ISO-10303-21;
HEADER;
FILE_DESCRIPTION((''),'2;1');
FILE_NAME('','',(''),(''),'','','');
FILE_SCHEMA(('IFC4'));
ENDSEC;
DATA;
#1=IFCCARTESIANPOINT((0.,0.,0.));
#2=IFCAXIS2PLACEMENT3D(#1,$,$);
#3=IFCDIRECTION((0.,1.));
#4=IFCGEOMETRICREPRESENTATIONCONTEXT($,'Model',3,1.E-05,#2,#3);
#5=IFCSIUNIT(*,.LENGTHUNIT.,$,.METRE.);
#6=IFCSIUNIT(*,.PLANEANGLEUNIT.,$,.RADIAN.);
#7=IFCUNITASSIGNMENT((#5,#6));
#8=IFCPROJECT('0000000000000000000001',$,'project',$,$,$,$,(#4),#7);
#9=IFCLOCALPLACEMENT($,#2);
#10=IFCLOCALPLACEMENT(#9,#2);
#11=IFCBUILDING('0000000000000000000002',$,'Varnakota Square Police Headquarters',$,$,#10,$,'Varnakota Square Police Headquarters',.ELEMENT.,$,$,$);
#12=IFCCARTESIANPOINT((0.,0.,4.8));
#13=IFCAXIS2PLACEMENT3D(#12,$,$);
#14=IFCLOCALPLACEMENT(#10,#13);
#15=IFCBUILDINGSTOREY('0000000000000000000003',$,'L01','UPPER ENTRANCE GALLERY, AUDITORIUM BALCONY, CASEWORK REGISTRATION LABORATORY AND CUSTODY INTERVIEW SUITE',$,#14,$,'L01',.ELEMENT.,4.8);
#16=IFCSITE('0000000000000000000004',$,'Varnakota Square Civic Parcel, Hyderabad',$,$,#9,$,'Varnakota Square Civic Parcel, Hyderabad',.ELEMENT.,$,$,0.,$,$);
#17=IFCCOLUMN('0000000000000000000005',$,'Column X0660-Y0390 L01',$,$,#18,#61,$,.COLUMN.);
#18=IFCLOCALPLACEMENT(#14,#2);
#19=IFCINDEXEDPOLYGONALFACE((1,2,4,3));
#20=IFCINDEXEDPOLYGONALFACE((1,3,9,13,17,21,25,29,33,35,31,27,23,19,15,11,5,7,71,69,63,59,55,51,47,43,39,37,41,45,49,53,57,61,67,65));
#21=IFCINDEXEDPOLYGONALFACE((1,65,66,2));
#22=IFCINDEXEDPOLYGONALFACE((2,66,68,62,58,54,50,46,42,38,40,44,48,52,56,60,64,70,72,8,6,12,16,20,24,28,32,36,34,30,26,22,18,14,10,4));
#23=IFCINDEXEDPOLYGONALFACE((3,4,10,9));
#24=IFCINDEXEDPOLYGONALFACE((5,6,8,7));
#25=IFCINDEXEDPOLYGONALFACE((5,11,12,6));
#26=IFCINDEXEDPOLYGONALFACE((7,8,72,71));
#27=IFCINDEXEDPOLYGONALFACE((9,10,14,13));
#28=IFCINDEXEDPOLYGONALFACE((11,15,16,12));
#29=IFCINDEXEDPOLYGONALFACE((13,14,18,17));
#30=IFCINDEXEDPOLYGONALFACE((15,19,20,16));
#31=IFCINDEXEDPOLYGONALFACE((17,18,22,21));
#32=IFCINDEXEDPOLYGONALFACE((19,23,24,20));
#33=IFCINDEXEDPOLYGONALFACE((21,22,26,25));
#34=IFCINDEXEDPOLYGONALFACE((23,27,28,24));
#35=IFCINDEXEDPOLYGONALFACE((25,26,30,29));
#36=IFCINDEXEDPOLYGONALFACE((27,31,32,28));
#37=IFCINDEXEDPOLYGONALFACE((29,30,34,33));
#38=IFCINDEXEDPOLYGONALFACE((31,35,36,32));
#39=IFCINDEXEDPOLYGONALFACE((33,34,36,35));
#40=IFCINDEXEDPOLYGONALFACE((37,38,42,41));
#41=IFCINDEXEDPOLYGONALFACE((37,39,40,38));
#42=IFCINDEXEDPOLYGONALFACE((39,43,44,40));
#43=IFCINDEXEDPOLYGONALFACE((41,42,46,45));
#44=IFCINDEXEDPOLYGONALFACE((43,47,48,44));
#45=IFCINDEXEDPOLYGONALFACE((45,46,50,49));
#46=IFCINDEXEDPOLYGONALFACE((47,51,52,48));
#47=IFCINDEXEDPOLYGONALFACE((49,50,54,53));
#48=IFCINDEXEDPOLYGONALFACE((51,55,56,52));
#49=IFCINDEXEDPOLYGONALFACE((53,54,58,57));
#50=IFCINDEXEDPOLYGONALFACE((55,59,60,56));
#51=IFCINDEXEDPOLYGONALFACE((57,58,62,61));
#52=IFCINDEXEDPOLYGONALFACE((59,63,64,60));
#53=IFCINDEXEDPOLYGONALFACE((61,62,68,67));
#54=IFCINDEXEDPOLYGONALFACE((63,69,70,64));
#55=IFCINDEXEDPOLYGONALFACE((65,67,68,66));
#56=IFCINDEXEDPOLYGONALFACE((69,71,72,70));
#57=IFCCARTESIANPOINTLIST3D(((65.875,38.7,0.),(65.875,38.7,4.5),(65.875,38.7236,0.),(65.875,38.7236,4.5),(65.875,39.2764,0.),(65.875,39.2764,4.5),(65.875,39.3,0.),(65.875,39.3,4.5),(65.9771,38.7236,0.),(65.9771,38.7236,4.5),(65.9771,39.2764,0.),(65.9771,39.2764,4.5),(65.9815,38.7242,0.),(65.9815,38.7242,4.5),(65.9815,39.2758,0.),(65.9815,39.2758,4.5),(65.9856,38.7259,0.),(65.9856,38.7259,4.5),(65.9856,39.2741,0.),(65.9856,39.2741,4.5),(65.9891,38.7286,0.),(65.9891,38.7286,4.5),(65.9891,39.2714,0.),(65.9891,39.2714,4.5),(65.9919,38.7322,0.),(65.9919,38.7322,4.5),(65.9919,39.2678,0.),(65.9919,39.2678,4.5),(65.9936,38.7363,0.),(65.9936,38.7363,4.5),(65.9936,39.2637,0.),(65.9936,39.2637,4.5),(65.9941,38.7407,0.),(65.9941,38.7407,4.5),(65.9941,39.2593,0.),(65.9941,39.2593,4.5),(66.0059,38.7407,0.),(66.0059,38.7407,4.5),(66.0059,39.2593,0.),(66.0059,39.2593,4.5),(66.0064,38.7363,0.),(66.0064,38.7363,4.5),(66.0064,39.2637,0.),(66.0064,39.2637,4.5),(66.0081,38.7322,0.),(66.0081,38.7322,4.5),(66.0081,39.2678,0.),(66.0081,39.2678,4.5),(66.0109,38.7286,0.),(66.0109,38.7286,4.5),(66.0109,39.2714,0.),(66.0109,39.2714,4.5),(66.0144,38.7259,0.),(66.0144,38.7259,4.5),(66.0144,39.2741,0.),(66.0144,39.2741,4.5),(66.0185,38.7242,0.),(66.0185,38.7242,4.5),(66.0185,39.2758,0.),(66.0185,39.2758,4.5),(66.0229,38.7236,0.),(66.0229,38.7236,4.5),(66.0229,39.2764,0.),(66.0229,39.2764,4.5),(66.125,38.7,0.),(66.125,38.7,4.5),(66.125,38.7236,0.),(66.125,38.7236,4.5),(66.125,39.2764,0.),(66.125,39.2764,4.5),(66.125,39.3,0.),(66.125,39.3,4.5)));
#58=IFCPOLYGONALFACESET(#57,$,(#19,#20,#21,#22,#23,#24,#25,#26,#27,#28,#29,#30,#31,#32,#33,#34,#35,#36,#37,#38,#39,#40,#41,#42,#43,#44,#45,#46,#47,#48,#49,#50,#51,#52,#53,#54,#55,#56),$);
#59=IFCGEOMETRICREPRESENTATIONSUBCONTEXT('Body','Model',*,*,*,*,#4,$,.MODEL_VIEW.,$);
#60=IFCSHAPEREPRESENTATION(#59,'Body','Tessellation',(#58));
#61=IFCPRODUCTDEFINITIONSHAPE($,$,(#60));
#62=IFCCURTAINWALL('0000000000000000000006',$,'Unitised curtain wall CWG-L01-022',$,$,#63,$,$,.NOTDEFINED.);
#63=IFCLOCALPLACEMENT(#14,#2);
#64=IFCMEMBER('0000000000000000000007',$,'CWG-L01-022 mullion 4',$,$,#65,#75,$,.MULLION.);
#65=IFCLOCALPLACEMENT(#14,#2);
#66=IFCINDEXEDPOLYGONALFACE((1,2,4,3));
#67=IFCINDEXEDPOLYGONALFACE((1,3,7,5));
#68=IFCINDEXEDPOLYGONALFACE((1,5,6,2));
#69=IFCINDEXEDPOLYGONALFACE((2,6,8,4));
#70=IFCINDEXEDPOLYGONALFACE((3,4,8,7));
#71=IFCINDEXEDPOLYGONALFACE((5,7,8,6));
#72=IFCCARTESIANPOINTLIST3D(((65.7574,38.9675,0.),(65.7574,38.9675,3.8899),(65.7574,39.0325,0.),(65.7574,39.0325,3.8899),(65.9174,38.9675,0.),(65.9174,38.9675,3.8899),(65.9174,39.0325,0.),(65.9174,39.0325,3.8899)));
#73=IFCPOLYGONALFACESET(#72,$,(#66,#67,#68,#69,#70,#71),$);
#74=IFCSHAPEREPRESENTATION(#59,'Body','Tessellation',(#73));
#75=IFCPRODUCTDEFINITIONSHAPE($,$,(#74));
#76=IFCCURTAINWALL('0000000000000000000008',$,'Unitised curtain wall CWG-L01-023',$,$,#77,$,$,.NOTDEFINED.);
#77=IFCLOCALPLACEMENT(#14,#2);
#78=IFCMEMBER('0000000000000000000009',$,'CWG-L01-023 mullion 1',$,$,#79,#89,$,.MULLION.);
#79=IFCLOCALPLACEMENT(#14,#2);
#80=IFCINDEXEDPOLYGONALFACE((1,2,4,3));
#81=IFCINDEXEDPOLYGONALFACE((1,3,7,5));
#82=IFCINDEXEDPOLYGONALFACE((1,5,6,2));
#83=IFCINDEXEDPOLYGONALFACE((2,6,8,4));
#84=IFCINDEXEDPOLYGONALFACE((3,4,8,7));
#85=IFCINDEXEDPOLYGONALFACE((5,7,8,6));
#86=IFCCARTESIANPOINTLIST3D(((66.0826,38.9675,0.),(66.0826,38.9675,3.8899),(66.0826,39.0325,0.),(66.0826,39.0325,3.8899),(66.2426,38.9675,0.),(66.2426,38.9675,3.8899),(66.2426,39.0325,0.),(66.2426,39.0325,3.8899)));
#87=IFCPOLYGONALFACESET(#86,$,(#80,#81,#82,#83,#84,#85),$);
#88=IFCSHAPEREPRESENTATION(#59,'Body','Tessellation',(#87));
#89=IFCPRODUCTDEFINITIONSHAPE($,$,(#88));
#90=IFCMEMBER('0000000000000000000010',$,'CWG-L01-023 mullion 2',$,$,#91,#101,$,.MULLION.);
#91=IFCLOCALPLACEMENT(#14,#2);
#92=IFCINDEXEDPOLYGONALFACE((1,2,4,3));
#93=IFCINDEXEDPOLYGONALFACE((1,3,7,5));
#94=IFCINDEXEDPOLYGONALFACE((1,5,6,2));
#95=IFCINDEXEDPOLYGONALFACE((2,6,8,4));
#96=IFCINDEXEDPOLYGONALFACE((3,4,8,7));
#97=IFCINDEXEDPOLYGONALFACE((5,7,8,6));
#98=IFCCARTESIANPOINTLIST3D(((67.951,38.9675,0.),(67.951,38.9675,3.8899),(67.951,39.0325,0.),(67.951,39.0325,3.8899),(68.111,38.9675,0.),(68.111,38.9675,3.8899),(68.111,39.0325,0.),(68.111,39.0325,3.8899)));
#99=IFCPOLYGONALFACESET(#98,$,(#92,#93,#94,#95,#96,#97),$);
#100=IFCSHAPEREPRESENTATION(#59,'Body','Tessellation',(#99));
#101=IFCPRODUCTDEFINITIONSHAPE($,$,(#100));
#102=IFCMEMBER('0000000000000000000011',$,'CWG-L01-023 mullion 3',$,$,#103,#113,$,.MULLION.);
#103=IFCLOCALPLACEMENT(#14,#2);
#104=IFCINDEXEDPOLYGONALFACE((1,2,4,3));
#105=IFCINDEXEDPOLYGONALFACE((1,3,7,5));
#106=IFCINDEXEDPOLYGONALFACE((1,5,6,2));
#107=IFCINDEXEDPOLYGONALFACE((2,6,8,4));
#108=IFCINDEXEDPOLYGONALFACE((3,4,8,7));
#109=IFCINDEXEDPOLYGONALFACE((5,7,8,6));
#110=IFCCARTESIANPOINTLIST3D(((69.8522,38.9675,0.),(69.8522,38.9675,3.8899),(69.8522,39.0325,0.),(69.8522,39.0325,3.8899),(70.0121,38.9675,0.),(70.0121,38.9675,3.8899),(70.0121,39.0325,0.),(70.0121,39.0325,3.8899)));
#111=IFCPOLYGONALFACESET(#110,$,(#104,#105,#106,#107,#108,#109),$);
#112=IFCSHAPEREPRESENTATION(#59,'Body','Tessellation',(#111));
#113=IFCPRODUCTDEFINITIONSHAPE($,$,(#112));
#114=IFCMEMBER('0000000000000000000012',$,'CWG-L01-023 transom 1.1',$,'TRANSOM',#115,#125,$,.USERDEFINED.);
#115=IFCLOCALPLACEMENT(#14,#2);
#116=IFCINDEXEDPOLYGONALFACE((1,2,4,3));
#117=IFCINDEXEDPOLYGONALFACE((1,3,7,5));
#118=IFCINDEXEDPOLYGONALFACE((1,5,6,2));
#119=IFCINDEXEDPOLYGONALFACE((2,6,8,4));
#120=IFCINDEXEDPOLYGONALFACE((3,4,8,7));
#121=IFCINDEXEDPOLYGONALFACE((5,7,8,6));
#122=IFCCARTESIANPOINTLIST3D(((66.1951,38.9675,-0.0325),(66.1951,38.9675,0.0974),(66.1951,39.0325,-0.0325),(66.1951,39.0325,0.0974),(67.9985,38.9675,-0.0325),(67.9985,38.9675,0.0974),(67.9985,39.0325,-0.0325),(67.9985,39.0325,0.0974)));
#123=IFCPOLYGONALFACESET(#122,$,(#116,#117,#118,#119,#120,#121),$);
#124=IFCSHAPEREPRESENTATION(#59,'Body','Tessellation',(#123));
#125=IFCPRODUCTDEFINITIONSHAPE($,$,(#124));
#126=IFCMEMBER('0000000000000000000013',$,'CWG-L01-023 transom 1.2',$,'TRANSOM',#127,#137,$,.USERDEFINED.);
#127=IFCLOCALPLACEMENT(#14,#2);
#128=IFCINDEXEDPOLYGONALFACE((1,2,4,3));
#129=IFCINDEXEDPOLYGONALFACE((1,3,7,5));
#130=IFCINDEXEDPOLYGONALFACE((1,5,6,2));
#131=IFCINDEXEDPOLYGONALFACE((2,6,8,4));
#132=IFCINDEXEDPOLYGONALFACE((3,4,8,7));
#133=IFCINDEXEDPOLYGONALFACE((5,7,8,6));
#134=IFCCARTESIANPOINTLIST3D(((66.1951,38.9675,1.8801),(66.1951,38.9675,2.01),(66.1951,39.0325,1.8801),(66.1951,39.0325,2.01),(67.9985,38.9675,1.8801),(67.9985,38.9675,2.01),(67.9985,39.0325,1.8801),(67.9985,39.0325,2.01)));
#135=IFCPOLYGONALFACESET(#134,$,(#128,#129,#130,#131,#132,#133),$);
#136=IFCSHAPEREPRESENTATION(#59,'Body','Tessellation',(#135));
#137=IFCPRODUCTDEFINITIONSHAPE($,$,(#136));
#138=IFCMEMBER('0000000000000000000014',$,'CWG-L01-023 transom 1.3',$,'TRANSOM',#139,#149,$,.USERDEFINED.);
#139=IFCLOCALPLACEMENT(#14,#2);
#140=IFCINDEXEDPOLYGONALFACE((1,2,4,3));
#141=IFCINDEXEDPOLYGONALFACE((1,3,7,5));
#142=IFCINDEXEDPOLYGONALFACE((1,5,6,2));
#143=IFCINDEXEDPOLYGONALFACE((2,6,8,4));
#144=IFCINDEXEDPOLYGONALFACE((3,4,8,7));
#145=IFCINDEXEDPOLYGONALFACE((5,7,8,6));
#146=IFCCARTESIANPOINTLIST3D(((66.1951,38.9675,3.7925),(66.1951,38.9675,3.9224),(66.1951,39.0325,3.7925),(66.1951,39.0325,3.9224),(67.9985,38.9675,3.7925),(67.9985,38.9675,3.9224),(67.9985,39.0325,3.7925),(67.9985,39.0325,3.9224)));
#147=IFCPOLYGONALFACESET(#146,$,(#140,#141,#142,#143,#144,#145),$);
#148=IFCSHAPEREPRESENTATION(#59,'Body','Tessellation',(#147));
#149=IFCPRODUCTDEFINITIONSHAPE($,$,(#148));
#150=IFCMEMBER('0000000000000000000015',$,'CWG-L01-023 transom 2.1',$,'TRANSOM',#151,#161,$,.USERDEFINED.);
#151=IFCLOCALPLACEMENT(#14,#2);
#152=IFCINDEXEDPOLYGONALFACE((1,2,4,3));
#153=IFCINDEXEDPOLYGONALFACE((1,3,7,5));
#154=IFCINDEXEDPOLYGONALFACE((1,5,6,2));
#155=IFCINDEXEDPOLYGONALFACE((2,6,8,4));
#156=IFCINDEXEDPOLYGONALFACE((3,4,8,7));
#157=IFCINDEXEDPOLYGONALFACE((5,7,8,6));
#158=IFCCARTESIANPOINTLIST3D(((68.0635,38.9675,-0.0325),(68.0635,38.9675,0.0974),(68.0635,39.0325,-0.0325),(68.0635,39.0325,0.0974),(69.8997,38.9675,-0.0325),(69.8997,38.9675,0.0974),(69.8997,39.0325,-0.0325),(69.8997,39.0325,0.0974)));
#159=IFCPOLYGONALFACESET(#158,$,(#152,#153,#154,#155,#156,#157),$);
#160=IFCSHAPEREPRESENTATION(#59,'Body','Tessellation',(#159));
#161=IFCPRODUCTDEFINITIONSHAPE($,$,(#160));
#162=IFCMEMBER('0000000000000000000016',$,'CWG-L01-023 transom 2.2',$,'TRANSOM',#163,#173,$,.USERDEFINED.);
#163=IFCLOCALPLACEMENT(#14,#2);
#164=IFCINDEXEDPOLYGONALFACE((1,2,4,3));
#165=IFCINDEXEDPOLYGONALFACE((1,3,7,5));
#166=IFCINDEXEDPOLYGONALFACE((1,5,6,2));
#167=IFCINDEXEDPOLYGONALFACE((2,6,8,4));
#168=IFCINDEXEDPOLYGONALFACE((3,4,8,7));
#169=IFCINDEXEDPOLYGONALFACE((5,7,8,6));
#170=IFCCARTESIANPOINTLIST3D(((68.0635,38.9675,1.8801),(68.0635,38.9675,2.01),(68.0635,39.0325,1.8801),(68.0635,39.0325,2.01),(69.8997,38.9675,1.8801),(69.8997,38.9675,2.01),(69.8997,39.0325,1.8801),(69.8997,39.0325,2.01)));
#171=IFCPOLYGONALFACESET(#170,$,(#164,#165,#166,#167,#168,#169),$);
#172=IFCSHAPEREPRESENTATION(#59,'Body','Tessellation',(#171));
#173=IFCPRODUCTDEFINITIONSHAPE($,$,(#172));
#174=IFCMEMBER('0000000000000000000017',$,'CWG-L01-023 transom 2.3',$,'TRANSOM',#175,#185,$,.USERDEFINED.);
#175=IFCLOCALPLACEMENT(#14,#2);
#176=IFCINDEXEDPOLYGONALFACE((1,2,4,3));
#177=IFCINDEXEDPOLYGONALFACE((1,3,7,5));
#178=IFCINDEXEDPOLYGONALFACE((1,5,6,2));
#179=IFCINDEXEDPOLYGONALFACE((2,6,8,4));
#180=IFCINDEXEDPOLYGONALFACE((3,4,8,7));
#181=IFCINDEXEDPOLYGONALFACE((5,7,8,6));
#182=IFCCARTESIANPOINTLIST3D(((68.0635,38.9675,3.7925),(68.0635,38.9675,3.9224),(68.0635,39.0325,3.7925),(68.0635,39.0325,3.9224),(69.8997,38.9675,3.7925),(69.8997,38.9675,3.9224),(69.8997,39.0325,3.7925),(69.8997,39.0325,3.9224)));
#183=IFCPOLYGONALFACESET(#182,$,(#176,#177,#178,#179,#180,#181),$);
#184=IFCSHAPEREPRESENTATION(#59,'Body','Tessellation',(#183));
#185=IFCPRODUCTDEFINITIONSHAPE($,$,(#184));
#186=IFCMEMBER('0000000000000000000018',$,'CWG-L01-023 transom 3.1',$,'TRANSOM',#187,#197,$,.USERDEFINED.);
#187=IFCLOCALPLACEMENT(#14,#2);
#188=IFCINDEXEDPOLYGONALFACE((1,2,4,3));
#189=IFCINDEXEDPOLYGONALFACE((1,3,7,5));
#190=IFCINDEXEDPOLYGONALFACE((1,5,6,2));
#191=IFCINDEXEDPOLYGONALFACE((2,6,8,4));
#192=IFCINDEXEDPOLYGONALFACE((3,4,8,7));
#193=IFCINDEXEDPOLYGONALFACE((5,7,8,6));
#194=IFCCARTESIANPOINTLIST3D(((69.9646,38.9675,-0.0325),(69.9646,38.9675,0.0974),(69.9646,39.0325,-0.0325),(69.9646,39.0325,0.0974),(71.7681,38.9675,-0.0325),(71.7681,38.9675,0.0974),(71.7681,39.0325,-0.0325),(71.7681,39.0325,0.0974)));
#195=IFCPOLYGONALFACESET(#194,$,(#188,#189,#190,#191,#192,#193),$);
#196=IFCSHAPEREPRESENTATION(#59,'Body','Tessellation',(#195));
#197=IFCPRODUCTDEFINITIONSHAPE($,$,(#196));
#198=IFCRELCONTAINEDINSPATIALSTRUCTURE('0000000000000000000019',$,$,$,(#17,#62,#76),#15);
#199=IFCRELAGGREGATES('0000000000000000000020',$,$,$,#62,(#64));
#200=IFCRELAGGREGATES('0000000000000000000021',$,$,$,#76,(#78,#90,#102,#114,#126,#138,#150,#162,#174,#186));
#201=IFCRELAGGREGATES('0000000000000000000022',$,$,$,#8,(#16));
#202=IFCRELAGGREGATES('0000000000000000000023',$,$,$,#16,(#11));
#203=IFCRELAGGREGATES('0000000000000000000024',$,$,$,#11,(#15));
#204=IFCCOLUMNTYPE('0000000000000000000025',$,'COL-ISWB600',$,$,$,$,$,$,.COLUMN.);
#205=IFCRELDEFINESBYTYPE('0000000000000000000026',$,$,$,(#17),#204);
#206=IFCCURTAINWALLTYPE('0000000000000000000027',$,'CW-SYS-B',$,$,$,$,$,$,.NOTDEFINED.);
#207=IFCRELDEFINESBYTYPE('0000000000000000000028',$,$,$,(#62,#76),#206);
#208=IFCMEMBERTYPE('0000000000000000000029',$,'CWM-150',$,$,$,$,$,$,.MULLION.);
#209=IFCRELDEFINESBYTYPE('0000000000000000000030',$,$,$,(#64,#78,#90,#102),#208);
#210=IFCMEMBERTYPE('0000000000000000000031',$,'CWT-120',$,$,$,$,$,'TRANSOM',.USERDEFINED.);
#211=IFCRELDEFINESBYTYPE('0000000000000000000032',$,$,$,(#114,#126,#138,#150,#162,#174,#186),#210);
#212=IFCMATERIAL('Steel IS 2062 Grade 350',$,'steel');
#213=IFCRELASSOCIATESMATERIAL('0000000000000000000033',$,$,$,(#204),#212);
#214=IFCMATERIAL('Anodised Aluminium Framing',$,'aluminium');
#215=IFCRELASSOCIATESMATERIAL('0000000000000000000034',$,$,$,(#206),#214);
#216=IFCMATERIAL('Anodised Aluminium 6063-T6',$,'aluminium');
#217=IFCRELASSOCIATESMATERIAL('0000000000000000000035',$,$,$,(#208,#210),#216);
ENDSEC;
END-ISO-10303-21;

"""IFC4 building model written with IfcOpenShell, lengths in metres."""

from ifc_helpers import new_model, si_unit, direction, frame, origin, origin_2d, place, context, subcontext, project, spatial, rectangle, i_section, extrude, material, material_profile, profile_set, type_object, element, aggregate, save


model = new_model("IFC4")

# Units and contexts
model_context = context("Model", 3, precision=1e-05, world=origin(), true_north=direction((0.0, 1.0)))
body_context = subcontext(model_context, "Body", "Model", "MODEL_VIEW")
ifc_project = project(units=[si_unit("LENGTHUNIT", "METRE"), si_unit("PLANEANGLEUNIT", "RADIAN")], contexts=[model_context])

# Site, building, storey
site_placement = place(None, origin())
site = spatial("IfcSite", under=ifc_project, at=site_placement, Name="Varnakota Square Civic Parcel, Hyderabad", LongName="Varnakota Square Civic Parcel, Hyderabad", CompositionType="ELEMENT", RefElevation=0.0)
building_placement = place(site_placement, origin())
building = spatial("IfcBuilding", under=site, at=building_placement, Name="Varnakota Square Police Headquarters", LongName="Varnakota Square Police Headquarters", CompositionType="ELEMENT")
storey_placement = place(building_placement, frame((0.0, 0.0, 4.8)))
storey = spatial("IfcBuildingStorey", under=building, at=storey_placement, Name="L01", Description="UPPER ENTRANCE GALLERY, AUDITORIUM BALCONY, CASEWORK REGISTRATION LABORATORY AND CUSTODY INTERVIEW SUITE", LongName="L01", CompositionType="ELEMENT", Elevation=4.8)

# Column
ifc_material_1 = material(Name="Steel IS 2062 Grade 350", Category="steel")
ifc_material_profile_1 = material_profile(ifc_material_1, i_section(OverallWidth=0.25, OverallDepth=0.6001, WebThickness=0.0117, FlangeThickness=0.0237, FilletRadius=0.0171, at=origin_2d()), Name="ISWB 600")
ifc_profile_set_1 = profile_set([ifc_material_profile_1], Name="Steel IS 2062 Grade 350")
column_type = type_object("IfcColumnType", Name="COL-ISWB600", PredefinedType="COLUMN", material=ifc_profile_set_1)
column_placement = place(storey_placement, frame((66.0, 39.0, 0.0), z_axis=(0.0, 0.0, 1.0), x_axis=(1.0, 0.0, 0.0)))
element("IfcColumn", 1, at=column_placement, inside=storey, type_object=column_type, Name="Column X0660-Y0390 L01", PredefinedType="COLUMN", context=body_context, shape_type="SweptSolid", body=[
    extrude(i_section(OverallWidth=0.25, OverallDepth=0.6001, WebThickness=0.0117, FlangeThickness=0.0237, FilletRadius=0.0171, at=origin_2d()), origin(), (0.0, 0.0, 1.0), 4.5),
])

# Curtain wall, member
ifc_material_2 = material(Name="Anodised Aluminium Framing", Category="aluminium")
curtain_wall_type = type_object("IfcCurtainWallType", Name="CW-SYS-B", PredefinedType="NOTDEFINED", material=ifc_material_2)
curtain_wall_1_placement = place(storey_placement, origin())
curtain_wall_1 = element("IfcCurtainWall", 2, at=curtain_wall_1_placement, inside=storey, type_object=curtain_wall_type, Name="Unitised curtain wall CWG-L01-022", PredefinedType="NOTDEFINED")
ifc_material_3 = material(Name="Anodised Aluminium 6063-T6", Category="aluminium")
ifc_material_profile_2 = material_profile(ifc_material_3, rectangle(XDim=0.0649, YDim=0.1599, at=origin_2d()), Name="ALU MULLION 65x160")
ifc_profile_set_2 = profile_set([ifc_material_profile_2], Name="Anodised Aluminium 6063-T6")
member_type_1 = type_object("IfcMemberType", Name="CWM-150", PredefinedType="MULLION", material=ifc_profile_set_2)
member_1_placement = place(storey_placement, frame((65.8374, 39.0, 0.0), z_axis=(0.0, 0.0, 1.0), x_axis=(0.0, 1.0, 0.0)))
member_1 = element("IfcMember", 3, at=member_1_placement, type_object=member_type_1, Name="CWG-L01-022 mullion 4", PredefinedType="MULLION", context=body_context, shape_type="SweptSolid", body=[
    extrude(rectangle(XDim=0.0649, YDim=0.1599, at=origin_2d()), origin(), (0.0, 0.0, 1.0), 3.8899),
])
aggregate(curtain_wall_1, [member_1])

# Curtain wall, members
curtain_wall_2_placement = place(storey_placement, origin())
curtain_wall_2 = element("IfcCurtainWall", 4, at=curtain_wall_2_placement, inside=storey, type_object=curtain_wall_type, Name="Unitised curtain wall CWG-L01-023", PredefinedType="NOTDEFINED")
member_2_placement = place(storey_placement, frame((66.1626, 39.0, 0.0), z_axis=(0.0, 0.0, 1.0), x_axis=(0.0, 1.0, 0.0)))
member_2 = element("IfcMember", 5, at=member_2_placement, type_object=member_type_1, Name="CWG-L01-023 mullion 1", PredefinedType="MULLION", context=body_context, shape_type="SweptSolid", body=[
    extrude(rectangle(XDim=0.0649, YDim=0.1599, at=origin_2d()), origin(), (0.0, 0.0, 1.0), 3.8899),
])
member_3_placement = place(storey_placement, frame((68.031, 39.0, 0.0), z_axis=(0.0, 0.0, 1.0), x_axis=(0.0, 1.0, 0.0)))
member_3 = element("IfcMember", 6, at=member_3_placement, type_object=member_type_1, Name="CWG-L01-023 mullion 2", PredefinedType="MULLION", context=body_context, shape_type="SweptSolid", body=[
    extrude(rectangle(XDim=0.0649, YDim=0.1599, at=origin_2d()), origin(), (0.0, 0.0, 1.0), 3.8899),
])
member_4_placement = place(storey_placement, frame((69.9321, 39.0, 0.0), z_axis=(0.0, 0.0, 1.0), x_axis=(0.0, 1.0, 0.0)))
member_4 = element("IfcMember", 7, at=member_4_placement, type_object=member_type_1, Name="CWG-L01-023 mullion 3", PredefinedType="MULLION", context=body_context, shape_type="SweptSolid", body=[
    extrude(rectangle(XDim=0.0649, YDim=0.1599, at=origin_2d()), origin(), (0.0, 0.0, 1.0), 3.8899),
])
ifc_material_profile_3 = material_profile(ifc_material_3, rectangle(XDim=0.0649, YDim=0.1299, at=origin_2d()), Name="ALU TRANSOM 65x130")
ifc_profile_set_3 = profile_set([ifc_material_profile_3], Name="Anodised Aluminium 6063-T6")
member_type_2 = type_object("IfcMemberType", Name="CWT-120", ElementType="TRANSOM", PredefinedType="USERDEFINED", material=ifc_profile_set_3)
member_5_placement = place(storey_placement, frame((66.1951, 39.0, 0.0325), z_axis=(1.0, 0.0, 0.0), x_axis=(0.0, 1.0, 0.0)))
member_5 = element("IfcMember", 8, at=member_5_placement, type_object=member_type_2, Name="CWG-L01-023 transom 1.1", ObjectType="TRANSOM", PredefinedType="USERDEFINED", context=body_context, shape_type="SweptSolid", body=[
    extrude(rectangle(XDim=0.0649, YDim=0.1299, at=origin_2d()), origin(), (0.0, 0.0, 1.0), 1.8035),
])
member_6_placement = place(storey_placement, frame((66.1951, 39.0, 1.9451), z_axis=(1.0, 0.0, 0.0), x_axis=(0.0, 1.0, 0.0)))
member_6 = element("IfcMember", 9, at=member_6_placement, type_object=member_type_2, Name="CWG-L01-023 transom 1.2", ObjectType="TRANSOM", PredefinedType="USERDEFINED", context=body_context, shape_type="SweptSolid", body=[
    extrude(rectangle(XDim=0.0649, YDim=0.1299, at=origin_2d()), origin(), (0.0, 0.0, 1.0), 1.8035),
])
member_7_placement = place(storey_placement, frame((66.1951, 39.0, 3.8574), z_axis=(1.0, 0.0, 0.0), x_axis=(0.0, 1.0, 0.0)))
member_7 = element("IfcMember", 10, at=member_7_placement, type_object=member_type_2, Name="CWG-L01-023 transom 1.3", ObjectType="TRANSOM", PredefinedType="USERDEFINED", context=body_context, shape_type="SweptSolid", body=[
    extrude(rectangle(XDim=0.0649, YDim=0.1299, at=origin_2d()), origin(), (0.0, 0.0, 1.0), 1.8035),
])
member_8_placement = place(storey_placement, frame((68.0635, 39.0, 0.0325), z_axis=(1.0, 0.0, 0.0), x_axis=(0.0, 1.0, 0.0)))
member_8 = element("IfcMember", 11, at=member_8_placement, type_object=member_type_2, Name="CWG-L01-023 transom 2.1", ObjectType="TRANSOM", PredefinedType="USERDEFINED", context=body_context, shape_type="SweptSolid", body=[
    extrude(rectangle(XDim=0.0649, YDim=0.1299, at=origin_2d()), origin(), (0.0, 0.0, 1.0), 1.8362),
])
member_9_placement = place(storey_placement, frame((68.0635, 39.0, 1.9451), z_axis=(1.0, 0.0, 0.0), x_axis=(0.0, 1.0, 0.0)))
member_9 = element("IfcMember", 12, at=member_9_placement, type_object=member_type_2, Name="CWG-L01-023 transom 2.2", ObjectType="TRANSOM", PredefinedType="USERDEFINED", context=body_context, shape_type="SweptSolid", body=[
    extrude(rectangle(XDim=0.0649, YDim=0.1299, at=origin_2d()), origin(), (0.0, 0.0, 1.0), 1.8362),
])
member_10_placement = place(storey_placement, frame((68.0635, 39.0, 3.8574), z_axis=(1.0, 0.0, 0.0), x_axis=(0.0, 1.0, 0.0)))
member_10 = element("IfcMember", 13, at=member_10_placement, type_object=member_type_2, Name="CWG-L01-023 transom 2.3", ObjectType="TRANSOM", PredefinedType="USERDEFINED", context=body_context, shape_type="SweptSolid", body=[
    extrude(rectangle(XDim=0.0649, YDim=0.1299, at=origin_2d()), origin(), (0.0, 0.0, 1.0), 1.8362),
])
member_11_placement = place(storey_placement, frame((69.9646, 39.0, 0.0325), z_axis=(1.0, 0.0, 0.0), x_axis=(0.0, 1.0, 0.0)))
member_11 = element("IfcMember", 14, at=member_11_placement, type_object=member_type_2, Name="CWG-L01-023 transom 3.1", ObjectType="TRANSOM", PredefinedType="USERDEFINED", context=body_context, shape_type="SweptSolid", body=[
    extrude(rectangle(XDim=0.0649, YDim=0.1299, at=origin_2d()), origin(), (0.0, 0.0, 1.0), 1.8035),
])
aggregate(curtain_wall_2, [member_2, member_3, member_4, member_5, member_6, member_7, member_8, member_9, member_10, member_11])

save(model, "model.ifc")
